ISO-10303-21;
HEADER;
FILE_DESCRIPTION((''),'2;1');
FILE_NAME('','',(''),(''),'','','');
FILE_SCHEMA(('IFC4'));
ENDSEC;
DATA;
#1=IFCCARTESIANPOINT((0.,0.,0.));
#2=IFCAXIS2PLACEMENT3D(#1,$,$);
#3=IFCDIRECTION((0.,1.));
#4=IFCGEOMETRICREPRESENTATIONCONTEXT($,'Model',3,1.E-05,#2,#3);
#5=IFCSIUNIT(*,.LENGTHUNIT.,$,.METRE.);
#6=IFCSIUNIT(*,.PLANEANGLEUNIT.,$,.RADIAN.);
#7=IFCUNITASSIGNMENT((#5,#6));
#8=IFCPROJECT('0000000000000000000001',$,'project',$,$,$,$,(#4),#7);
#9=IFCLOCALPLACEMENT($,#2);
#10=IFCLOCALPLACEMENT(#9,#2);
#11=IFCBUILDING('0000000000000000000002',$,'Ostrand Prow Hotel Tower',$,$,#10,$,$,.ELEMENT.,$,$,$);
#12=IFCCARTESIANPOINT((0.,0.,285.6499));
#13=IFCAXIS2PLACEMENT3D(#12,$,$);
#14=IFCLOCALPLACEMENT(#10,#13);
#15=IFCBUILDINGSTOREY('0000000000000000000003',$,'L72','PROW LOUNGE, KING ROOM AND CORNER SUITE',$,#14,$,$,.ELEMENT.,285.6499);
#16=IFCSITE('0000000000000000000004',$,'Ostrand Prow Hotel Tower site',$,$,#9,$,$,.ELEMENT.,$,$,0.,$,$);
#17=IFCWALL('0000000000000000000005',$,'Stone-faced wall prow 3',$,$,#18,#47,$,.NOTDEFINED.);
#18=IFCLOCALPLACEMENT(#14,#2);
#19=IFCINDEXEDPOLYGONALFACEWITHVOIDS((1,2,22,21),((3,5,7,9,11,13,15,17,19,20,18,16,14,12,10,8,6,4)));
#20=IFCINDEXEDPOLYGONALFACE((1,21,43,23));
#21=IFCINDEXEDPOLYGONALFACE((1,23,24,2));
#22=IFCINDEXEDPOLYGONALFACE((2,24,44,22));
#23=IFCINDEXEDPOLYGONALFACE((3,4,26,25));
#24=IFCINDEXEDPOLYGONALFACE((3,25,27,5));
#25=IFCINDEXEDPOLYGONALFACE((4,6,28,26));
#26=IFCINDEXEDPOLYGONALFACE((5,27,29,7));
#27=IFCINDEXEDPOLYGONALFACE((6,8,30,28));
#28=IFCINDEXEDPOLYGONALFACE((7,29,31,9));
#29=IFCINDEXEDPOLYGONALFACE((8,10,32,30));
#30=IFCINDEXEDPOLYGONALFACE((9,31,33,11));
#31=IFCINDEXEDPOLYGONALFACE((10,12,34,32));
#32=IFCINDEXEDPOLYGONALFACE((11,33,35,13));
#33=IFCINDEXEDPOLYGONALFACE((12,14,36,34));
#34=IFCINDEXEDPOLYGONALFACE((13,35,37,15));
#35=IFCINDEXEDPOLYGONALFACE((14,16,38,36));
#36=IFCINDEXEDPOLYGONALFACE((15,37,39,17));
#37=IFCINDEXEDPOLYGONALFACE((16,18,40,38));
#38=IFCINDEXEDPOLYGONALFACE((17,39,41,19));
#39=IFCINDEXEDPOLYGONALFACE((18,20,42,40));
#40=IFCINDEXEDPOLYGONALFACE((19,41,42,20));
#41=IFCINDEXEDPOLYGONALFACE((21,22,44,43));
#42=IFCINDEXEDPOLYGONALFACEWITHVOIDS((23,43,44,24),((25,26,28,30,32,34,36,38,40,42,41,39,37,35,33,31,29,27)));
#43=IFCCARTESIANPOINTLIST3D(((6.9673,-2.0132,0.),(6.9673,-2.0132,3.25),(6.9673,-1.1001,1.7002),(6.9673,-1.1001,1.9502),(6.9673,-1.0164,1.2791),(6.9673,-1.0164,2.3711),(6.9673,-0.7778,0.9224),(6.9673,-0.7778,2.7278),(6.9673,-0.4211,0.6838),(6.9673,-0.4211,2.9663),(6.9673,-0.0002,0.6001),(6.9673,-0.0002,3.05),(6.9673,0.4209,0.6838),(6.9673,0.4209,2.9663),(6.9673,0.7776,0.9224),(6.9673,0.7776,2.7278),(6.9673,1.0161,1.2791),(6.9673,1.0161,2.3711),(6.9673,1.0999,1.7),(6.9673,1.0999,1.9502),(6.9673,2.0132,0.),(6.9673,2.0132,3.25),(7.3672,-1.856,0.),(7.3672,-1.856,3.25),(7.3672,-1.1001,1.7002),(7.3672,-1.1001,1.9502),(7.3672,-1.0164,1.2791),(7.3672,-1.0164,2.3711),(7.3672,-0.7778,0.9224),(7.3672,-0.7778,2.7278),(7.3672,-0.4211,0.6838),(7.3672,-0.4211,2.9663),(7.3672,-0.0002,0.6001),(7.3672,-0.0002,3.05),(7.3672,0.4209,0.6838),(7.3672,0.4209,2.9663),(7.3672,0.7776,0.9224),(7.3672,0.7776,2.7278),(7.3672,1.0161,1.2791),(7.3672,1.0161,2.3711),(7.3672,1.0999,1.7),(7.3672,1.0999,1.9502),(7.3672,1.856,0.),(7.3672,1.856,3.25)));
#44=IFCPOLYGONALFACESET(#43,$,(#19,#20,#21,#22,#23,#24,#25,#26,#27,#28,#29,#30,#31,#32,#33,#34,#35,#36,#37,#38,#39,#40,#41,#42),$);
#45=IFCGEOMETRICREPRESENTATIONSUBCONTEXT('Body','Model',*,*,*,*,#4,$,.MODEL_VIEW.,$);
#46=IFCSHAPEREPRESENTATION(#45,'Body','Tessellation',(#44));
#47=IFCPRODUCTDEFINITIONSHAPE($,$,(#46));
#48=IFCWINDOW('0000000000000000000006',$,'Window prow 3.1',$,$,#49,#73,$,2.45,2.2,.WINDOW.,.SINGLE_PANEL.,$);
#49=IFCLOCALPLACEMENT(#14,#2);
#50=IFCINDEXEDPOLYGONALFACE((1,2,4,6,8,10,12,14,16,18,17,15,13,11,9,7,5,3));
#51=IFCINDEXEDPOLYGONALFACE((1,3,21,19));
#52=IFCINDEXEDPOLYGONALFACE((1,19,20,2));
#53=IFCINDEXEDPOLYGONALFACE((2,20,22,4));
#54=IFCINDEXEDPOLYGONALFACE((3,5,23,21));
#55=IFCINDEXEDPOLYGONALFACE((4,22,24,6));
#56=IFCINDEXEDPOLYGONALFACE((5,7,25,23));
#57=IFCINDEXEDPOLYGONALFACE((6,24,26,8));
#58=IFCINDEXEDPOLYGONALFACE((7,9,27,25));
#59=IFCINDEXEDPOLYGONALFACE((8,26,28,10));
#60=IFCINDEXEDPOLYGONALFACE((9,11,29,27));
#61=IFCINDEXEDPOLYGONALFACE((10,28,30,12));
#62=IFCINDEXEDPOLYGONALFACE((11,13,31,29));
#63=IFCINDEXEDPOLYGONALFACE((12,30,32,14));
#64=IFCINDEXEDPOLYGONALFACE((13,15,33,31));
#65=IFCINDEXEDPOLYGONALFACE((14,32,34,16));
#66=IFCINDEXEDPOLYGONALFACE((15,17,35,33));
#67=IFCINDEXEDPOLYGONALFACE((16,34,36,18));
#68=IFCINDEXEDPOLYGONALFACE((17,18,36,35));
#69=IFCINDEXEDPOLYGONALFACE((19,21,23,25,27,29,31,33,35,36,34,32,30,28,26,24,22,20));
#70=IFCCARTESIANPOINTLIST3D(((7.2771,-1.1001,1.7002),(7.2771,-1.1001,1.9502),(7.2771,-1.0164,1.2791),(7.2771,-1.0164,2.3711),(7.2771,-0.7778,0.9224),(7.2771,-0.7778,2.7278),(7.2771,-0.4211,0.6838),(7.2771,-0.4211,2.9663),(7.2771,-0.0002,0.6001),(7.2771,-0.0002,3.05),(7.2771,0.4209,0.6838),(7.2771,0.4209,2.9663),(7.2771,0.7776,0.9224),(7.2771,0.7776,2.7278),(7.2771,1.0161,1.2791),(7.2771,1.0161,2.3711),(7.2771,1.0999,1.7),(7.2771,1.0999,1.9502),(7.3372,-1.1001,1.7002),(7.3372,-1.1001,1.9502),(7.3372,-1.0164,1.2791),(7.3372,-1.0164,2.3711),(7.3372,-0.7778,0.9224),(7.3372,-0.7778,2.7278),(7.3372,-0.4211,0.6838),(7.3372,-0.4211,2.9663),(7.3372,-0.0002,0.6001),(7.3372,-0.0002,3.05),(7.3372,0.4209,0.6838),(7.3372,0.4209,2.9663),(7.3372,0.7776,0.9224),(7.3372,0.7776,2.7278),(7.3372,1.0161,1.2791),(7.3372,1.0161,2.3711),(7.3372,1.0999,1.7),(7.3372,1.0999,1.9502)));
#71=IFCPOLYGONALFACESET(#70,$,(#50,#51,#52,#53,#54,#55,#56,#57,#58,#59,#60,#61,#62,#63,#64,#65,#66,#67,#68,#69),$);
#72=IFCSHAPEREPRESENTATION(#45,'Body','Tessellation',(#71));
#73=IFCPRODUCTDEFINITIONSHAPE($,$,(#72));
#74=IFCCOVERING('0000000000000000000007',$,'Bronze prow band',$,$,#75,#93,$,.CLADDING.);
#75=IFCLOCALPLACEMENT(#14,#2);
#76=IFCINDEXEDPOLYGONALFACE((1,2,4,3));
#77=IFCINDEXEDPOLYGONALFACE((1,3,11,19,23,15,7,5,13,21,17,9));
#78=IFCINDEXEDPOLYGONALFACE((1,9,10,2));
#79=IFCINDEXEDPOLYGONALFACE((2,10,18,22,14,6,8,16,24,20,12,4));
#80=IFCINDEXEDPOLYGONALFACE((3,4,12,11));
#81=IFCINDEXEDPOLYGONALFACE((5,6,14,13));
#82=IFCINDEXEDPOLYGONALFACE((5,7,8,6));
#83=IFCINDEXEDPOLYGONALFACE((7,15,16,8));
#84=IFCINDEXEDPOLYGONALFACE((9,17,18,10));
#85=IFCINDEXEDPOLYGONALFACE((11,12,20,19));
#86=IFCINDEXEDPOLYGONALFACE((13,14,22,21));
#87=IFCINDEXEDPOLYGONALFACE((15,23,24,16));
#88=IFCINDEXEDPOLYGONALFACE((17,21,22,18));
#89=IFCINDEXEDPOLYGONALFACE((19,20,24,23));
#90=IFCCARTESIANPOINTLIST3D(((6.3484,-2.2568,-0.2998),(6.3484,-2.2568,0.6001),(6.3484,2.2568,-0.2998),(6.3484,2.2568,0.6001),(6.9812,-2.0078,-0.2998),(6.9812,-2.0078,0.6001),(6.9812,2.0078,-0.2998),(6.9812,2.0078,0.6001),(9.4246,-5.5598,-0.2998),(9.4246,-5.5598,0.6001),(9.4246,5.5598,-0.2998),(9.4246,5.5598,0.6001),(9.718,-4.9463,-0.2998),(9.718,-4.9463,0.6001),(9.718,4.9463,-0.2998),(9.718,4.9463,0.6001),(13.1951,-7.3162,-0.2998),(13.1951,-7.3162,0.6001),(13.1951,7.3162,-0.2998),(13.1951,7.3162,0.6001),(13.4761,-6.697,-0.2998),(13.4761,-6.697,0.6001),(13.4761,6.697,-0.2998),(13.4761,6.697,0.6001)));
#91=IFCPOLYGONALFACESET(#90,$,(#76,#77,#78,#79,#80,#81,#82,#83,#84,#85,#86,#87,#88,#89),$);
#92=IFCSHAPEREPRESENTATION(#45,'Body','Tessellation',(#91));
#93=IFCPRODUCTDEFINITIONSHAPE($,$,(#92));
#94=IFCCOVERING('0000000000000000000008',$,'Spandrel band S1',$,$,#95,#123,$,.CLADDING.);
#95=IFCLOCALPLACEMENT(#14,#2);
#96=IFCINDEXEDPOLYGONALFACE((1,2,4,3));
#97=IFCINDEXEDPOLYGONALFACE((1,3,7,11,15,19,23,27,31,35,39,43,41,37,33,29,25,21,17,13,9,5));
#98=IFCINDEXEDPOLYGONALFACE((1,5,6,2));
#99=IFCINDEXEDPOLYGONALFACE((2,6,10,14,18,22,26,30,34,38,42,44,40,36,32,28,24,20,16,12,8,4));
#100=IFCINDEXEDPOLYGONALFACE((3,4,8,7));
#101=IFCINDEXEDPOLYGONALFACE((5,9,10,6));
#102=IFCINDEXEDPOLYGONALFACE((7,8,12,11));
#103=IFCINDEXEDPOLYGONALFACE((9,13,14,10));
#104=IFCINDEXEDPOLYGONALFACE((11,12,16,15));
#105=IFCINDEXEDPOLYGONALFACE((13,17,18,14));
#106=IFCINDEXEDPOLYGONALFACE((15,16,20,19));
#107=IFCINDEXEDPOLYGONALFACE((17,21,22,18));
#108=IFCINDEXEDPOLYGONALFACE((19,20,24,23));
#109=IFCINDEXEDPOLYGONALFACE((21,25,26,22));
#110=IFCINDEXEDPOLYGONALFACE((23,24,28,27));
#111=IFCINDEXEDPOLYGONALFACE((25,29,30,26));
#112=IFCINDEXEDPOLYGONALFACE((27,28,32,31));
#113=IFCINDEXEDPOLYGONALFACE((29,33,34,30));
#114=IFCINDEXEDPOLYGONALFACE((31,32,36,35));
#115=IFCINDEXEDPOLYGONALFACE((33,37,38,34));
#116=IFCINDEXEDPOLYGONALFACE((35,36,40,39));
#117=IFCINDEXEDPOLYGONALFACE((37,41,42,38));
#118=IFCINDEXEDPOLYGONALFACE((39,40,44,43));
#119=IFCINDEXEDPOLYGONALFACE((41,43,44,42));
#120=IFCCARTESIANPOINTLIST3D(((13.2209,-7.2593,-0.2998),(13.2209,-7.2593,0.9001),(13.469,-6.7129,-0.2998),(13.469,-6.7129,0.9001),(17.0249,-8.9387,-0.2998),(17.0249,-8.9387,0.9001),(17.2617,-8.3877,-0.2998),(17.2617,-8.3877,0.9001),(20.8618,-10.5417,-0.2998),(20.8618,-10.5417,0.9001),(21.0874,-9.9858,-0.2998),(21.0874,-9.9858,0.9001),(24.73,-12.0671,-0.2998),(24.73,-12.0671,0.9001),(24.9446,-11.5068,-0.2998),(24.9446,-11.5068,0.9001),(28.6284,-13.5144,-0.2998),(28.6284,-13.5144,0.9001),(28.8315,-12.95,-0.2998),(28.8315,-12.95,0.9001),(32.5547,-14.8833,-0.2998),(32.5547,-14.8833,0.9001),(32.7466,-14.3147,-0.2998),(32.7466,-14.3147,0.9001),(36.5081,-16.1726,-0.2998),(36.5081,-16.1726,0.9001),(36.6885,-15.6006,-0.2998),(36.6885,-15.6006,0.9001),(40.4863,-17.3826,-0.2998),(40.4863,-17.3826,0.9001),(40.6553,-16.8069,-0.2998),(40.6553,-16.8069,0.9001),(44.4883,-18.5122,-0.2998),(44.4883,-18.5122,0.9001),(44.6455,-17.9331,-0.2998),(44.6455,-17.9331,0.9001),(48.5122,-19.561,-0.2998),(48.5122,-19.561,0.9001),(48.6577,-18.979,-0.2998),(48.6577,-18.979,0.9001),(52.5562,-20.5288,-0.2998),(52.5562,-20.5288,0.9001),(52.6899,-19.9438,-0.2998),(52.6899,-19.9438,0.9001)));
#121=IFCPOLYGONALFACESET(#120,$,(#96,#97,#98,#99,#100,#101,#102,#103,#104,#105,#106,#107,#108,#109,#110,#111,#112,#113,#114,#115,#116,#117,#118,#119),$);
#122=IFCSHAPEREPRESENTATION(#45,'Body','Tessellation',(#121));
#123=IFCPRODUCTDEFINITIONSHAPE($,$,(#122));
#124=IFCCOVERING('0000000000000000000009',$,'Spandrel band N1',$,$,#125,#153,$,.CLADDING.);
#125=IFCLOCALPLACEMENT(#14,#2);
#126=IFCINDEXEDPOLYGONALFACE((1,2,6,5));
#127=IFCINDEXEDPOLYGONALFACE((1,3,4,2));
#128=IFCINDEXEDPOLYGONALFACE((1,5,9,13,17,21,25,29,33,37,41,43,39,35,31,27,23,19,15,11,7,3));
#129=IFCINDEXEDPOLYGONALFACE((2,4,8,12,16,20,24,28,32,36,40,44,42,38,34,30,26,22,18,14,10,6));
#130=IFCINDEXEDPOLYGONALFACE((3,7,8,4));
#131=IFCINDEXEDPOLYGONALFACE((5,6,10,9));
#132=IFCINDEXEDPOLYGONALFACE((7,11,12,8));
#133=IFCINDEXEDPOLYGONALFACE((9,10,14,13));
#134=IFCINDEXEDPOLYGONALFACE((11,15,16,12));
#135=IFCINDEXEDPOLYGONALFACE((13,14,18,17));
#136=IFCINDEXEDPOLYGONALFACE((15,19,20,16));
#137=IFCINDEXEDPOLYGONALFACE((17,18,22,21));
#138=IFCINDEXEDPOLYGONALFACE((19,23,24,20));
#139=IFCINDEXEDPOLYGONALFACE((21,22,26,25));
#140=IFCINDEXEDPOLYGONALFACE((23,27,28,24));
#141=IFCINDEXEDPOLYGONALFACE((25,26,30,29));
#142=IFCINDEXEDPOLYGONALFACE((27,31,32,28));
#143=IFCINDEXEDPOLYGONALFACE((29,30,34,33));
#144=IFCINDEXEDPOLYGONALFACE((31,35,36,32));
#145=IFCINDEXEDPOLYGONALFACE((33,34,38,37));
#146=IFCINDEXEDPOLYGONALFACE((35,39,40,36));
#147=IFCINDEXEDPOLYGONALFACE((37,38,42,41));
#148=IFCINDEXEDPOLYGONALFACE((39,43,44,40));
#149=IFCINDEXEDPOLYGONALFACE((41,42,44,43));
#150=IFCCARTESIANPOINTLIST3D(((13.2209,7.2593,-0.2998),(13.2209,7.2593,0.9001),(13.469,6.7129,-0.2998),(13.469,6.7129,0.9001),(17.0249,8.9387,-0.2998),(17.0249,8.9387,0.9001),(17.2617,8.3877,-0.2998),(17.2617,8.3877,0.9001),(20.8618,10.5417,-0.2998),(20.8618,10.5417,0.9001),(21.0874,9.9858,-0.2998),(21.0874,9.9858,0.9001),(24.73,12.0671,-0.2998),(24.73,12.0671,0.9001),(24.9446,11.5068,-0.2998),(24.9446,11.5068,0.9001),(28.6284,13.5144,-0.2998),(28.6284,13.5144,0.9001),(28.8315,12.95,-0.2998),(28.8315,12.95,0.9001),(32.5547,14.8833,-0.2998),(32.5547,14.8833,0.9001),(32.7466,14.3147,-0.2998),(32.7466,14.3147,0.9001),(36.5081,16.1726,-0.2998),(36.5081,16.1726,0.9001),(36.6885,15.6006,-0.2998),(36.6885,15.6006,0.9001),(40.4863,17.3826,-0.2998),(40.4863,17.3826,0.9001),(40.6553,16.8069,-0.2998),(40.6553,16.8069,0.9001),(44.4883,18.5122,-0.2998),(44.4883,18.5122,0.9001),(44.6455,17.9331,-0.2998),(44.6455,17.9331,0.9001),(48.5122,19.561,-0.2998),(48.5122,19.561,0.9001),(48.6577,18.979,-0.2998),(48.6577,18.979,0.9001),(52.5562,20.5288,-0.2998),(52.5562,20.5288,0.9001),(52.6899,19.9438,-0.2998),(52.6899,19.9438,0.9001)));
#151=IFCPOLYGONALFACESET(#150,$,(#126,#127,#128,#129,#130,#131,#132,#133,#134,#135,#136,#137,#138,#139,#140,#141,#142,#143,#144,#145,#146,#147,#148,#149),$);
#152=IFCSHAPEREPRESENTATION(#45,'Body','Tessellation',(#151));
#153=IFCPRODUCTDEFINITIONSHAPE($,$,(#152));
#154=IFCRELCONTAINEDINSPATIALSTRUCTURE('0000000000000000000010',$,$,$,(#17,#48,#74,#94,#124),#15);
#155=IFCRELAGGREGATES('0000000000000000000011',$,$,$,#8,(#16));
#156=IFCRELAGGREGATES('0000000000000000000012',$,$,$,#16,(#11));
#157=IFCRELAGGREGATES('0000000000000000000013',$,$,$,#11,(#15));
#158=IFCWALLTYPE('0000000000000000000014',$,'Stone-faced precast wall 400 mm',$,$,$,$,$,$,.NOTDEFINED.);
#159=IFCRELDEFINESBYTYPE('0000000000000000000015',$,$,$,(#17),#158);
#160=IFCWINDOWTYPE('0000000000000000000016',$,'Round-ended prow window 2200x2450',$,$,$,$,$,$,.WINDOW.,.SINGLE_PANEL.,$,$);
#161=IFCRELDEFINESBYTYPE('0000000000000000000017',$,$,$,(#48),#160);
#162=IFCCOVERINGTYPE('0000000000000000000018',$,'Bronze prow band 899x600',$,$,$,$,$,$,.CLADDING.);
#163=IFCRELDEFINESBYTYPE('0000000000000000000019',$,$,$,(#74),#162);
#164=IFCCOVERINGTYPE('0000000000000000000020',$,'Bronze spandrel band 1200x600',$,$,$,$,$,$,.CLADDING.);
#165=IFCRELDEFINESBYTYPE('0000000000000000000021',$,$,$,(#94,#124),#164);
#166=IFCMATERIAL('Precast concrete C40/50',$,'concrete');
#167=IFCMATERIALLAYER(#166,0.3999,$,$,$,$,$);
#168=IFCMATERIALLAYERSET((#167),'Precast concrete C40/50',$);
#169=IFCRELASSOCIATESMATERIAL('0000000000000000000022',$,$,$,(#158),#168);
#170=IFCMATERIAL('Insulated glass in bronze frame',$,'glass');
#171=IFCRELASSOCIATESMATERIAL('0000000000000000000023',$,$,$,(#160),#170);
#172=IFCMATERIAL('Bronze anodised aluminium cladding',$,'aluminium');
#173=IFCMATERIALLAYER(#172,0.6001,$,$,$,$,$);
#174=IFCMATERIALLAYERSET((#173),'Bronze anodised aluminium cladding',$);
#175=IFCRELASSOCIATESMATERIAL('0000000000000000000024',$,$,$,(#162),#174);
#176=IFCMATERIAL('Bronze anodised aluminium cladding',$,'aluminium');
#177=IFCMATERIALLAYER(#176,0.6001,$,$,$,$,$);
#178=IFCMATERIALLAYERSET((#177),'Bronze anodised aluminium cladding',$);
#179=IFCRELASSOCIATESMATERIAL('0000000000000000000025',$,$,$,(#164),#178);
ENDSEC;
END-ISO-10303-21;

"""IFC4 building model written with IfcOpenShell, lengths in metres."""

from ifc_helpers import new_model, si_unit, direction, frame, origin, place, context, subcontext, project, spatial, polyline, outline, extrude, material, layer, layer_set, type_object, element, fill, save


model = new_model("IFC4")

# Units and contexts
model_context = context("Model", 3, precision=1e-05, world=origin(), true_north=direction((0.0, 1.0)))
body_context = subcontext(model_context, "Body", "Model", "MODEL_VIEW")
ifc_project = project(units=[si_unit("LENGTHUNIT", "METRE"), si_unit("PLANEANGLEUNIT", "RADIAN")], contexts=[model_context])

# Site, building, storey
site_placement = place(None, origin())
site = spatial("IfcSite", under=ifc_project, at=site_placement, Name="Ostrand Prow Hotel Tower site", CompositionType="ELEMENT", RefElevation=0.0)
building_placement = place(site_placement, origin())
building = spatial("IfcBuilding", under=site, at=building_placement, Name="Ostrand Prow Hotel Tower", CompositionType="ELEMENT")
storey_placement = place(building_placement, frame((0.0, 0.0, 285.6499)))
storey = spatial("IfcBuildingStorey", under=building, at=storey_placement, Name="L72", Description="PROW LOUNGE, KING ROOM AND CORNER SUITE", CompositionType="ELEMENT", Elevation=285.6499)

# Wall, opening, window
ifc_material_1 = material(Name="Precast concrete C40/50", Category="concrete")
ifc_layer_1 = layer(ifc_material_1, 0.3999)
ifc_layer_set_1 = layer_set([ifc_layer_1], Name="Precast concrete C40/50")
wall_type = type_object("IfcWallType", Name="Stone-faced precast wall 400 mm", PredefinedType="NOTDEFINED", material=ifc_layer_set_1)
wall_placement = place(storey_placement, frame((7.1672, 1.9346, 0.0), z_axis=(0.0, 0.0, 1.0), x_axis=(0.0, -1.0, 0.0)))
wall = element("IfcWall", 1, at=wall_placement, inside=storey, type_object=wall_type, Name="Stone-faced wall prow 3", PredefinedType="NOTDEFINED", context=body_context, shape_type="SweptSolid", body=[
    extrude(outline(polyline([(-0.0786, -0.2), (3.9478, -0.2), (3.7905, 0.2), (0.0786, 0.2), (-0.0786, -0.2)])), origin(), (0.0, 0.0, 1.0), 3.25),
])
opening_1_placement = place(wall_placement, frame((0.8347, 0.0, 0.6001)))
opening_1 = element("IfcOpeningElement", 2, at=opening_1_placement, cuts=wall, PredefinedType="OPENING", context=body_context, shape_type="SweptSolid", body=[
    extrude(outline(polyline([(0.0, 1.3501), (0.0837, 1.771), (0.3223, 2.1277), (0.679, 2.3662), (1.1001, 2.45), (1.521, 2.3662), (1.8777, 2.1277), (2.1162, 1.771), (2.2, 1.3501), (2.2, 1.1001), (2.1162, 0.679), (1.8777, 0.3223), (1.521, 0.0837), (1.1001, 0.0), (0.679, 0.0837), (0.3223, 0.3223), (0.0837, 0.679), (0.0, 1.0999), (0.0, 1.3501)])), frame((0.0, 0.21, 0.0), z_axis=(0.0, -1.0, 0.0), x_axis=(1.0, 0.0, 0.0)), (0.0, 0.0, 1.0), 0.4199),
])
ifc_material_2 = material(Name="Insulated glass in bronze frame", Category="glass")
window_type = type_object("IfcWindowType", Name="Round-ended prow window 2200x2450", PartitioningType="SINGLE_PANEL", PredefinedType="WINDOW", material=ifc_material_2)
window_placement = place(opening_1_placement, origin())
window = element("IfcWindow", 3, at=window_placement, inside=storey, type_object=window_type, Name="Window prow 3.1", OverallHeight=2.45, OverallWidth=2.2, PartitioningType="SINGLE_PANEL", PredefinedType="WINDOW", context=body_context, shape_type="SweptSolid", body=[
    extrude(outline(polyline([(0.0, 1.3501), (0.0837, 1.771), (0.3223, 2.1277), (0.679, 2.3662), (1.1001, 2.45), (1.521, 2.3662), (1.8777, 2.1277), (2.1162, 1.771), (2.2, 1.3501), (2.2, 1.1001), (2.1162, 0.679), (1.8777, 0.3223), (1.521, 0.0837), (1.1001, 0.0), (0.679, 0.0837), (0.3223, 0.3223), (0.0837, 0.679), (0.0, 1.0999), (0.0, 1.3501)])), frame((0.0, 0.1699, 0.0), z_axis=(0.0, -1.0, 0.0), x_axis=(1.0, 0.0, 0.0)), (0.0, 0.0, 1.0), 0.0601),
])
fill(opening_1, window)

# Coverings
ifc_material_3 = material(Name="Bronze anodised aluminium cladding", Category="aluminium")
ifc_layer_2 = layer(ifc_material_3, 0.6001)
ifc_layer_set_2 = layer_set([ifc_layer_2], Name="Bronze anodised aluminium cladding")
covering_type_1 = type_object("IfcCoveringType", Name="Bronze prow band 899x600", PredefinedType="CLADDING", material=ifc_layer_set_2)
covering_1_placement = place(storey_placement, frame((0.0, 0.0, -0.2998)))
element("IfcCovering", 4, at=covering_1_placement, inside=storey, type_object=covering_type_1, Name="Bronze prow band", PredefinedType="CLADDING", context=body_context, shape_type="SweptSolid", body=[
    extrude(outline(polyline([(13.1951, 7.3162), (9.4246, 5.5598), (6.3484, 2.2568), (6.3484, -2.2568), (9.4246, -5.5598), (13.1951, -7.3162), (13.4761, -6.697), (9.718, -4.9463), (6.9812, -2.0078), (6.9812, 2.0078), (9.718, 4.9463), (13.4761, 6.697), (13.1951, 7.3162)])), origin(), (0.0, 0.0, 1.0), 0.8999),
])
ifc_material_4 = material(Name="Bronze anodised aluminium cladding", Category="aluminium")
ifc_layer_3 = layer(ifc_material_4, 0.6001)
ifc_layer_set_3 = layer_set([ifc_layer_3], Name="Bronze anodised aluminium cladding")
covering_type_2 = type_object("IfcCoveringType", Name="Bronze spandrel band 1200x600", PredefinedType="CLADDING", material=ifc_layer_set_3)
covering_2_placement = place(storey_placement, frame((0.0, 0.0, -0.2998)))
element("IfcCovering", 5, at=covering_2_placement, inside=storey, type_object=covering_type_2, Name="Spandrel band S1", PredefinedType="CLADDING", context=body_context, shape_type="SweptSolid", body=[
    extrude(outline(polyline([(13.2209, -7.2593), (17.0249, -8.9387), (20.8618, -10.5417), (24.73, -12.0671), (28.6284, -13.5144), (32.5547, -14.8833), (36.5081, -16.1726), (40.4863, -17.3826), (44.4883, -18.5122), (48.5122, -19.561), (52.5562, -20.5288), (52.6899, -19.9438), (48.6577, -18.979), (44.6455, -17.9331), (40.6553, -16.8069), (36.6885, -15.6006), (32.7466, -14.3147), (28.8315, -12.95), (24.9446, -11.5068), (21.0874, -9.9858), (17.2617, -8.3877), (13.469, -6.7129), (13.2209, -7.2593)])), origin(), (0.0, 0.0, 1.0), 1.2),
])
covering_3_placement = place(storey_placement, frame((0.0, 0.0, -0.2998)))
element("IfcCovering", 6, at=covering_3_placement, inside=storey, type_object=covering_type_2, Name="Spandrel band N1", PredefinedType="CLADDING", context=body_context, shape_type="SweptSolid", body=[
    extrude(outline(polyline([(52.5562, 20.5288), (48.5122, 19.561), (44.4883, 18.5122), (40.4863, 17.3826), (36.5081, 16.1726), (32.5547, 14.8833), (28.6284, 13.5144), (24.73, 12.0671), (20.8618, 10.5417), (17.0249, 8.9387), (13.2209, 7.2593), (13.469, 6.7129), (17.2617, 8.3877), (21.0874, 9.9858), (24.9446, 11.5068), (28.8315, 12.95), (32.7466, 14.3147), (36.6885, 15.6006), (40.6553, 16.8069), (44.6455, 17.9331), (48.6577, 18.979), (52.6899, 19.9438), (52.5562, 20.5288)])), origin(), (0.0, 0.0, 1.0), 1.2),
])

save(model, "model.ifc")
